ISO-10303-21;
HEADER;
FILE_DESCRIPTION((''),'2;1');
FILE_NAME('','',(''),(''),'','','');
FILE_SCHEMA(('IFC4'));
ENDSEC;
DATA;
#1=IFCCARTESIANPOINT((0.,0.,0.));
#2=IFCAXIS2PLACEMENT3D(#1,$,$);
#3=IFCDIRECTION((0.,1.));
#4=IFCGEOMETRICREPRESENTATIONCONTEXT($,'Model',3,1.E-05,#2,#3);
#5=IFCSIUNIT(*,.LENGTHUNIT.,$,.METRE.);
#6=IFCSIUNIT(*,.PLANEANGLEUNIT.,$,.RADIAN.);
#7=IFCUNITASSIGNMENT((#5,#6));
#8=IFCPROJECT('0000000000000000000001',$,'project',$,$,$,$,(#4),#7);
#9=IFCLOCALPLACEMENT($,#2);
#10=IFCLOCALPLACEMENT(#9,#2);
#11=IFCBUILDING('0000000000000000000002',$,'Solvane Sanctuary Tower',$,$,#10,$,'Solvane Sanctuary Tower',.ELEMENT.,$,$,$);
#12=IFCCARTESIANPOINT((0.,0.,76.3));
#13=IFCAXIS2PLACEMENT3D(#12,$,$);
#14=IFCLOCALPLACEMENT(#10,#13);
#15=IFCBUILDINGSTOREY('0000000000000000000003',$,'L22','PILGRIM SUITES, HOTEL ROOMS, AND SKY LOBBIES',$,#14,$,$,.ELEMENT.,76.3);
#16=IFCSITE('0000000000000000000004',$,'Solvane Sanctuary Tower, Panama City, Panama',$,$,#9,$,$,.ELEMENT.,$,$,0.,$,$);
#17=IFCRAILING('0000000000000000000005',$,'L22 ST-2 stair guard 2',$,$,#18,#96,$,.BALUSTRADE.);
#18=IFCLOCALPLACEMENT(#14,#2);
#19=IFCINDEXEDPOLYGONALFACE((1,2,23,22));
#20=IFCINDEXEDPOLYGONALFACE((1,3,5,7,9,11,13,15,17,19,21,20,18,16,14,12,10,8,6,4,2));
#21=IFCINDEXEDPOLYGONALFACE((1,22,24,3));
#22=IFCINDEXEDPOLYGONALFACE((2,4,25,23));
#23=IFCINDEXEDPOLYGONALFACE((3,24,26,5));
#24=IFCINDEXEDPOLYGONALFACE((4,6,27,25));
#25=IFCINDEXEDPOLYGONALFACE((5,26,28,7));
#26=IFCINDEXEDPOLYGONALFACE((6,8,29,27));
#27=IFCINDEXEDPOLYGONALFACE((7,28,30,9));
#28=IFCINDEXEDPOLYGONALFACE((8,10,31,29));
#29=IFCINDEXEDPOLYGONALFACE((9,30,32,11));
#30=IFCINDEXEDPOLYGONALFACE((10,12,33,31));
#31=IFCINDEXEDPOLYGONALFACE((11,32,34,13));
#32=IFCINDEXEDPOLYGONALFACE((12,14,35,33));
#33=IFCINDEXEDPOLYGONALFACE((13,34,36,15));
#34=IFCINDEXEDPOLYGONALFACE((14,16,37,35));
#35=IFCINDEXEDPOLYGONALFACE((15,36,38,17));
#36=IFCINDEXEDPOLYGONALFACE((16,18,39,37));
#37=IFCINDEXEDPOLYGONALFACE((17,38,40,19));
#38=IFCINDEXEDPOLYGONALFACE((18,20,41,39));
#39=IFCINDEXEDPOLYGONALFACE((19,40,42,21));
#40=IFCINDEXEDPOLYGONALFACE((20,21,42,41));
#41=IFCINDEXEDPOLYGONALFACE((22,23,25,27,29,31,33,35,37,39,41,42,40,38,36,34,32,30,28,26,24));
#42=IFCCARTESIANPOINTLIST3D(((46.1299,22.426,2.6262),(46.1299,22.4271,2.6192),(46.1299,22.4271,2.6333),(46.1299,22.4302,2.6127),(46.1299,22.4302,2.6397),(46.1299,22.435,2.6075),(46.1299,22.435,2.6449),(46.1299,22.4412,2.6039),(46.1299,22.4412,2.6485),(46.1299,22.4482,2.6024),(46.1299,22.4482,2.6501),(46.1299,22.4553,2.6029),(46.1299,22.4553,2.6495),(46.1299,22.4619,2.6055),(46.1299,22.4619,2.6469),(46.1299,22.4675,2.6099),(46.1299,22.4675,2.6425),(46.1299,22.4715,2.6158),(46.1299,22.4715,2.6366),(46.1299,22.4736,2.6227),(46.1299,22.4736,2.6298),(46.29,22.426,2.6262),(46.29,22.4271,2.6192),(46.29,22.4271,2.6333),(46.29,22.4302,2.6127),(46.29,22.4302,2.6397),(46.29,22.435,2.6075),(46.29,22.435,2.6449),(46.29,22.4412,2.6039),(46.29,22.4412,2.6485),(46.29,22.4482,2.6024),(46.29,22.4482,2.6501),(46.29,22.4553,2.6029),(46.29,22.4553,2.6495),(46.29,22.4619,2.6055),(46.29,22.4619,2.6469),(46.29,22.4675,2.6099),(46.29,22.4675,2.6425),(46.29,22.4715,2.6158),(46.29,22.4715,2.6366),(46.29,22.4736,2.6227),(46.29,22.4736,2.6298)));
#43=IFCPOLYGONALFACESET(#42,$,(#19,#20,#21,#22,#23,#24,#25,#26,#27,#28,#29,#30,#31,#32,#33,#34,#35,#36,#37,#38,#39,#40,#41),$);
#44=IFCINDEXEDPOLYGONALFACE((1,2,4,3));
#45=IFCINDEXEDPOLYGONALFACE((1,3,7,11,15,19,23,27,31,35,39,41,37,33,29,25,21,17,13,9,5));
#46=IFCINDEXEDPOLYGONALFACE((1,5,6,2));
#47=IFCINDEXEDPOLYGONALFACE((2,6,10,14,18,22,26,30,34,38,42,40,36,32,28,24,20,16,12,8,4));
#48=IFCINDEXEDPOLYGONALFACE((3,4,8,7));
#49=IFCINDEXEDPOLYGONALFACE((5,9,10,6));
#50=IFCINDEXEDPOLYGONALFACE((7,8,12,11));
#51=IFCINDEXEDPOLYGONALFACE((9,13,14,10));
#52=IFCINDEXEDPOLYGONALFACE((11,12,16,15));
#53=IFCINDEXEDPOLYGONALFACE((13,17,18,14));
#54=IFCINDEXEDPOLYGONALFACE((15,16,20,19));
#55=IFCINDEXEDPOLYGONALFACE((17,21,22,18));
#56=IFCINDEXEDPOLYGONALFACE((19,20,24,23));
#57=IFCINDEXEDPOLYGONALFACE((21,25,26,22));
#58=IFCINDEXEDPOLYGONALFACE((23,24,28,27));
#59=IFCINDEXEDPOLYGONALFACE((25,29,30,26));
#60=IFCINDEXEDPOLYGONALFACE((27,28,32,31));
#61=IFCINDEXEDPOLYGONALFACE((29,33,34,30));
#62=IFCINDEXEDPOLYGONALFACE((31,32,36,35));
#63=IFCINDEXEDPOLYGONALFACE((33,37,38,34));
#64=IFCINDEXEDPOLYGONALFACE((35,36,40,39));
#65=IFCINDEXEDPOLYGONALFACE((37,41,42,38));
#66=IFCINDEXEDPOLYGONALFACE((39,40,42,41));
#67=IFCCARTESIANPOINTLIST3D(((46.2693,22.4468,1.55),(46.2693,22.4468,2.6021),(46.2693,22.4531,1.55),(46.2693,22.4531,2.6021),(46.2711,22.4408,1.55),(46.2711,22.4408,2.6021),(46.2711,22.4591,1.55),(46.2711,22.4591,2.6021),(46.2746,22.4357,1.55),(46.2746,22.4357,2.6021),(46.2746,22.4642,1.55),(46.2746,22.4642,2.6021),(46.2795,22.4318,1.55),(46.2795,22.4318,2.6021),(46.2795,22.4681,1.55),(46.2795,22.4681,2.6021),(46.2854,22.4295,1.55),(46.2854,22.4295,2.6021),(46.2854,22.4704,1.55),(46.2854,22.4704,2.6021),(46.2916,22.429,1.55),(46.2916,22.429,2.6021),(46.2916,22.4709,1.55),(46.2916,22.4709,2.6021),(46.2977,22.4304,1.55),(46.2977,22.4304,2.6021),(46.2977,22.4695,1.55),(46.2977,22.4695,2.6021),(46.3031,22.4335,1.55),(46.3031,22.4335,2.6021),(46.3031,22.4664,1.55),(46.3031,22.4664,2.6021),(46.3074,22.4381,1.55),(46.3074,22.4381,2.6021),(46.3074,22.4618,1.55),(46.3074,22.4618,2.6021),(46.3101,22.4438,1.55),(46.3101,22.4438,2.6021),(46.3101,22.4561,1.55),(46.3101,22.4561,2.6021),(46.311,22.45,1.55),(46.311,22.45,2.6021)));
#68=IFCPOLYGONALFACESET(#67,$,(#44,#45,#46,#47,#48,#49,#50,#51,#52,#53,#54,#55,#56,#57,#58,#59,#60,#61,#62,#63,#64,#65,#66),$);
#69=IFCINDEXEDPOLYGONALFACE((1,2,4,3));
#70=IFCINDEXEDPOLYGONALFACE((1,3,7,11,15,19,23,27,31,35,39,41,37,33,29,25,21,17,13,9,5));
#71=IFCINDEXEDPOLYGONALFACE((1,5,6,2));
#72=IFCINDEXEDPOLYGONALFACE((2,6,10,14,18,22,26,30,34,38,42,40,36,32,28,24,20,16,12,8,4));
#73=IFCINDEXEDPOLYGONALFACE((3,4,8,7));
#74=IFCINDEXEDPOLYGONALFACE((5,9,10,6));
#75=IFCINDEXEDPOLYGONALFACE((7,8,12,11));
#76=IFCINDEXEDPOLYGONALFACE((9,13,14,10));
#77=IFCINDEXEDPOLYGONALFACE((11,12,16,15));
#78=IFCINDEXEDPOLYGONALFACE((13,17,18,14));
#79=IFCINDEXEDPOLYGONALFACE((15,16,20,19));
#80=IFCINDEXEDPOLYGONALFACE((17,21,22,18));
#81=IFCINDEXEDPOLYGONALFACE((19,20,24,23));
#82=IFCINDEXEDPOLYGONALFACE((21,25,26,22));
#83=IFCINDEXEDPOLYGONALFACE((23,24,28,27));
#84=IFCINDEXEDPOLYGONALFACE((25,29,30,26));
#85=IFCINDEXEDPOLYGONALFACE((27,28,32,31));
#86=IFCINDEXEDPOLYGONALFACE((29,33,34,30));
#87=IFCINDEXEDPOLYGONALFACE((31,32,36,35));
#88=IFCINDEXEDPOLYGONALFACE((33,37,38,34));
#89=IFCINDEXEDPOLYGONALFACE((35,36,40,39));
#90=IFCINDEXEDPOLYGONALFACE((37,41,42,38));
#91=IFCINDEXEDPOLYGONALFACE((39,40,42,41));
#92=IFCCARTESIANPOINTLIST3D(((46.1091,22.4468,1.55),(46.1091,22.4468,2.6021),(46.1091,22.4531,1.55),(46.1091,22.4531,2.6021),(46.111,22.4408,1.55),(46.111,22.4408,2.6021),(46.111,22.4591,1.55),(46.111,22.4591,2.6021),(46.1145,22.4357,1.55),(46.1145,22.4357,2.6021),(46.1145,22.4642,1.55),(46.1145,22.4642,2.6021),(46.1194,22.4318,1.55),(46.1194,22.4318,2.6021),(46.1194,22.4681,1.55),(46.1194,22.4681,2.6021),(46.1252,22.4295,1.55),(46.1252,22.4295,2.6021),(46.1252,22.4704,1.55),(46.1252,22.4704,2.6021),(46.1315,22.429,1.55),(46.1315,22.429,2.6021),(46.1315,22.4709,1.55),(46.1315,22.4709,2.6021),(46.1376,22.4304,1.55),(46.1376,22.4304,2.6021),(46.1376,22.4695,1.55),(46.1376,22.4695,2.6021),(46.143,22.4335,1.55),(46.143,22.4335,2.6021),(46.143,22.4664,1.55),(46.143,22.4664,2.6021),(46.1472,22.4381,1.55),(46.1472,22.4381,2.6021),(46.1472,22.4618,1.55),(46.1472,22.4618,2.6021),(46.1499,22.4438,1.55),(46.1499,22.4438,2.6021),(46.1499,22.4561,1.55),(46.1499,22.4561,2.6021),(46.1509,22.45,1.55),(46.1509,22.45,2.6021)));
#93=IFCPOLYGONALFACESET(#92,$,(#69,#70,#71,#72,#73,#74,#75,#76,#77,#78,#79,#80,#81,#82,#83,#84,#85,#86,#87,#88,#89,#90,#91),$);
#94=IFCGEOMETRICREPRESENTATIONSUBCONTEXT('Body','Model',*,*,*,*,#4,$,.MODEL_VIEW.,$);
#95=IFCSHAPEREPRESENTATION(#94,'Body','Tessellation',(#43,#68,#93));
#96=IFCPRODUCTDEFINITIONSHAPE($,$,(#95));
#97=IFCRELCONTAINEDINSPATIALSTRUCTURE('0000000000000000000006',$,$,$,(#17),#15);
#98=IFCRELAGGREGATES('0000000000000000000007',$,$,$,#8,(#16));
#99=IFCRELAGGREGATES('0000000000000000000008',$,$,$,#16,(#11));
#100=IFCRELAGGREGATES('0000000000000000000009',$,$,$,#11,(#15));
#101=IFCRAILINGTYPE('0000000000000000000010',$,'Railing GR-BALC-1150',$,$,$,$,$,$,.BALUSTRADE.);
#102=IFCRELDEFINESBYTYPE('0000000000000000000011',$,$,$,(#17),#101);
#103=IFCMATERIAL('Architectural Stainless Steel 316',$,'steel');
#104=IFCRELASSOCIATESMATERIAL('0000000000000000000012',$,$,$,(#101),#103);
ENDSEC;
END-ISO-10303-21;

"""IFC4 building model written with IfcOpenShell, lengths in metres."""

from ifc_helpers import new_model, si_unit, direction, frame, origin, origin_2d, place, context, subcontext, project, spatial, circle, extrude, material, type_object, element, save


model = new_model("IFC4")

# Units and contexts
model_context = context("Model", 3, precision=1e-05, world=origin(), true_north=direction((0.0, 1.0)))
body_context = subcontext(model_context, "Body", "Model", "MODEL_VIEW")
ifc_project = project(units=[si_unit("LENGTHUNIT", "METRE"), si_unit("PLANEANGLEUNIT", "RADIAN")], contexts=[model_context])

# Site, building, storey
site_placement = place(None, origin())
site = spatial("IfcSite", under=ifc_project, at=site_placement, Name="Solvane Sanctuary Tower, Panama City, Panama", CompositionType="ELEMENT", RefElevation=0.0)
building_placement = place(site_placement, origin())
building = spatial("IfcBuilding", under=site, at=building_placement, Name="Solvane Sanctuary Tower", LongName="Solvane Sanctuary Tower", CompositionType="ELEMENT")
storey_placement = place(building_placement, frame((0.0, 0.0, 76.3)))
storey = spatial("IfcBuildingStorey", under=building, at=storey_placement, Name="L22", Description="PILGRIM SUITES, HOTEL ROOMS, AND SKY LOBBIES", CompositionType="ELEMENT", Elevation=76.3)

# Shared definitions
ifc_material_1 = material(Name="Architectural Stainless Steel 316", Category="steel")

# Railing
railing_type_1 = type_object("IfcRailingType", Name="Railing GR-BALC-1150", PredefinedType="BALUSTRADE", material=ifc_material_1)
railing_1_placement = place(storey_placement, frame((46.29, 22.45, 1.55)))
element("IfcRailing", 1, at=railing_1_placement, inside=storey, type_object=railing_type_1, Name="L22 ST-2 stair guard 2", PredefinedType="BALUSTRADE", context=body_context, shape_type="SweptSolid", body=[
    extrude(circle(Radius=0.0239, at=origin_2d()), frame((0.0, 0.0, 1.0762), z_axis=(-1.0, 0.0, 0.0), x_axis=(0.0, -1.0, 0.0)), (0.0, 0.0, 1.0), 0.1602),
    extrude(circle(Radius=0.021, at=origin_2d()), origin(), (0.0, 0.0, 1.0), 1.052),
    extrude(circle(Radius=0.021, at=origin_2d()), frame((-0.1602, 0.0, 0.0)), (0.0, 0.0, 1.0), 1.052),
])

save(model, "model.ifc")
